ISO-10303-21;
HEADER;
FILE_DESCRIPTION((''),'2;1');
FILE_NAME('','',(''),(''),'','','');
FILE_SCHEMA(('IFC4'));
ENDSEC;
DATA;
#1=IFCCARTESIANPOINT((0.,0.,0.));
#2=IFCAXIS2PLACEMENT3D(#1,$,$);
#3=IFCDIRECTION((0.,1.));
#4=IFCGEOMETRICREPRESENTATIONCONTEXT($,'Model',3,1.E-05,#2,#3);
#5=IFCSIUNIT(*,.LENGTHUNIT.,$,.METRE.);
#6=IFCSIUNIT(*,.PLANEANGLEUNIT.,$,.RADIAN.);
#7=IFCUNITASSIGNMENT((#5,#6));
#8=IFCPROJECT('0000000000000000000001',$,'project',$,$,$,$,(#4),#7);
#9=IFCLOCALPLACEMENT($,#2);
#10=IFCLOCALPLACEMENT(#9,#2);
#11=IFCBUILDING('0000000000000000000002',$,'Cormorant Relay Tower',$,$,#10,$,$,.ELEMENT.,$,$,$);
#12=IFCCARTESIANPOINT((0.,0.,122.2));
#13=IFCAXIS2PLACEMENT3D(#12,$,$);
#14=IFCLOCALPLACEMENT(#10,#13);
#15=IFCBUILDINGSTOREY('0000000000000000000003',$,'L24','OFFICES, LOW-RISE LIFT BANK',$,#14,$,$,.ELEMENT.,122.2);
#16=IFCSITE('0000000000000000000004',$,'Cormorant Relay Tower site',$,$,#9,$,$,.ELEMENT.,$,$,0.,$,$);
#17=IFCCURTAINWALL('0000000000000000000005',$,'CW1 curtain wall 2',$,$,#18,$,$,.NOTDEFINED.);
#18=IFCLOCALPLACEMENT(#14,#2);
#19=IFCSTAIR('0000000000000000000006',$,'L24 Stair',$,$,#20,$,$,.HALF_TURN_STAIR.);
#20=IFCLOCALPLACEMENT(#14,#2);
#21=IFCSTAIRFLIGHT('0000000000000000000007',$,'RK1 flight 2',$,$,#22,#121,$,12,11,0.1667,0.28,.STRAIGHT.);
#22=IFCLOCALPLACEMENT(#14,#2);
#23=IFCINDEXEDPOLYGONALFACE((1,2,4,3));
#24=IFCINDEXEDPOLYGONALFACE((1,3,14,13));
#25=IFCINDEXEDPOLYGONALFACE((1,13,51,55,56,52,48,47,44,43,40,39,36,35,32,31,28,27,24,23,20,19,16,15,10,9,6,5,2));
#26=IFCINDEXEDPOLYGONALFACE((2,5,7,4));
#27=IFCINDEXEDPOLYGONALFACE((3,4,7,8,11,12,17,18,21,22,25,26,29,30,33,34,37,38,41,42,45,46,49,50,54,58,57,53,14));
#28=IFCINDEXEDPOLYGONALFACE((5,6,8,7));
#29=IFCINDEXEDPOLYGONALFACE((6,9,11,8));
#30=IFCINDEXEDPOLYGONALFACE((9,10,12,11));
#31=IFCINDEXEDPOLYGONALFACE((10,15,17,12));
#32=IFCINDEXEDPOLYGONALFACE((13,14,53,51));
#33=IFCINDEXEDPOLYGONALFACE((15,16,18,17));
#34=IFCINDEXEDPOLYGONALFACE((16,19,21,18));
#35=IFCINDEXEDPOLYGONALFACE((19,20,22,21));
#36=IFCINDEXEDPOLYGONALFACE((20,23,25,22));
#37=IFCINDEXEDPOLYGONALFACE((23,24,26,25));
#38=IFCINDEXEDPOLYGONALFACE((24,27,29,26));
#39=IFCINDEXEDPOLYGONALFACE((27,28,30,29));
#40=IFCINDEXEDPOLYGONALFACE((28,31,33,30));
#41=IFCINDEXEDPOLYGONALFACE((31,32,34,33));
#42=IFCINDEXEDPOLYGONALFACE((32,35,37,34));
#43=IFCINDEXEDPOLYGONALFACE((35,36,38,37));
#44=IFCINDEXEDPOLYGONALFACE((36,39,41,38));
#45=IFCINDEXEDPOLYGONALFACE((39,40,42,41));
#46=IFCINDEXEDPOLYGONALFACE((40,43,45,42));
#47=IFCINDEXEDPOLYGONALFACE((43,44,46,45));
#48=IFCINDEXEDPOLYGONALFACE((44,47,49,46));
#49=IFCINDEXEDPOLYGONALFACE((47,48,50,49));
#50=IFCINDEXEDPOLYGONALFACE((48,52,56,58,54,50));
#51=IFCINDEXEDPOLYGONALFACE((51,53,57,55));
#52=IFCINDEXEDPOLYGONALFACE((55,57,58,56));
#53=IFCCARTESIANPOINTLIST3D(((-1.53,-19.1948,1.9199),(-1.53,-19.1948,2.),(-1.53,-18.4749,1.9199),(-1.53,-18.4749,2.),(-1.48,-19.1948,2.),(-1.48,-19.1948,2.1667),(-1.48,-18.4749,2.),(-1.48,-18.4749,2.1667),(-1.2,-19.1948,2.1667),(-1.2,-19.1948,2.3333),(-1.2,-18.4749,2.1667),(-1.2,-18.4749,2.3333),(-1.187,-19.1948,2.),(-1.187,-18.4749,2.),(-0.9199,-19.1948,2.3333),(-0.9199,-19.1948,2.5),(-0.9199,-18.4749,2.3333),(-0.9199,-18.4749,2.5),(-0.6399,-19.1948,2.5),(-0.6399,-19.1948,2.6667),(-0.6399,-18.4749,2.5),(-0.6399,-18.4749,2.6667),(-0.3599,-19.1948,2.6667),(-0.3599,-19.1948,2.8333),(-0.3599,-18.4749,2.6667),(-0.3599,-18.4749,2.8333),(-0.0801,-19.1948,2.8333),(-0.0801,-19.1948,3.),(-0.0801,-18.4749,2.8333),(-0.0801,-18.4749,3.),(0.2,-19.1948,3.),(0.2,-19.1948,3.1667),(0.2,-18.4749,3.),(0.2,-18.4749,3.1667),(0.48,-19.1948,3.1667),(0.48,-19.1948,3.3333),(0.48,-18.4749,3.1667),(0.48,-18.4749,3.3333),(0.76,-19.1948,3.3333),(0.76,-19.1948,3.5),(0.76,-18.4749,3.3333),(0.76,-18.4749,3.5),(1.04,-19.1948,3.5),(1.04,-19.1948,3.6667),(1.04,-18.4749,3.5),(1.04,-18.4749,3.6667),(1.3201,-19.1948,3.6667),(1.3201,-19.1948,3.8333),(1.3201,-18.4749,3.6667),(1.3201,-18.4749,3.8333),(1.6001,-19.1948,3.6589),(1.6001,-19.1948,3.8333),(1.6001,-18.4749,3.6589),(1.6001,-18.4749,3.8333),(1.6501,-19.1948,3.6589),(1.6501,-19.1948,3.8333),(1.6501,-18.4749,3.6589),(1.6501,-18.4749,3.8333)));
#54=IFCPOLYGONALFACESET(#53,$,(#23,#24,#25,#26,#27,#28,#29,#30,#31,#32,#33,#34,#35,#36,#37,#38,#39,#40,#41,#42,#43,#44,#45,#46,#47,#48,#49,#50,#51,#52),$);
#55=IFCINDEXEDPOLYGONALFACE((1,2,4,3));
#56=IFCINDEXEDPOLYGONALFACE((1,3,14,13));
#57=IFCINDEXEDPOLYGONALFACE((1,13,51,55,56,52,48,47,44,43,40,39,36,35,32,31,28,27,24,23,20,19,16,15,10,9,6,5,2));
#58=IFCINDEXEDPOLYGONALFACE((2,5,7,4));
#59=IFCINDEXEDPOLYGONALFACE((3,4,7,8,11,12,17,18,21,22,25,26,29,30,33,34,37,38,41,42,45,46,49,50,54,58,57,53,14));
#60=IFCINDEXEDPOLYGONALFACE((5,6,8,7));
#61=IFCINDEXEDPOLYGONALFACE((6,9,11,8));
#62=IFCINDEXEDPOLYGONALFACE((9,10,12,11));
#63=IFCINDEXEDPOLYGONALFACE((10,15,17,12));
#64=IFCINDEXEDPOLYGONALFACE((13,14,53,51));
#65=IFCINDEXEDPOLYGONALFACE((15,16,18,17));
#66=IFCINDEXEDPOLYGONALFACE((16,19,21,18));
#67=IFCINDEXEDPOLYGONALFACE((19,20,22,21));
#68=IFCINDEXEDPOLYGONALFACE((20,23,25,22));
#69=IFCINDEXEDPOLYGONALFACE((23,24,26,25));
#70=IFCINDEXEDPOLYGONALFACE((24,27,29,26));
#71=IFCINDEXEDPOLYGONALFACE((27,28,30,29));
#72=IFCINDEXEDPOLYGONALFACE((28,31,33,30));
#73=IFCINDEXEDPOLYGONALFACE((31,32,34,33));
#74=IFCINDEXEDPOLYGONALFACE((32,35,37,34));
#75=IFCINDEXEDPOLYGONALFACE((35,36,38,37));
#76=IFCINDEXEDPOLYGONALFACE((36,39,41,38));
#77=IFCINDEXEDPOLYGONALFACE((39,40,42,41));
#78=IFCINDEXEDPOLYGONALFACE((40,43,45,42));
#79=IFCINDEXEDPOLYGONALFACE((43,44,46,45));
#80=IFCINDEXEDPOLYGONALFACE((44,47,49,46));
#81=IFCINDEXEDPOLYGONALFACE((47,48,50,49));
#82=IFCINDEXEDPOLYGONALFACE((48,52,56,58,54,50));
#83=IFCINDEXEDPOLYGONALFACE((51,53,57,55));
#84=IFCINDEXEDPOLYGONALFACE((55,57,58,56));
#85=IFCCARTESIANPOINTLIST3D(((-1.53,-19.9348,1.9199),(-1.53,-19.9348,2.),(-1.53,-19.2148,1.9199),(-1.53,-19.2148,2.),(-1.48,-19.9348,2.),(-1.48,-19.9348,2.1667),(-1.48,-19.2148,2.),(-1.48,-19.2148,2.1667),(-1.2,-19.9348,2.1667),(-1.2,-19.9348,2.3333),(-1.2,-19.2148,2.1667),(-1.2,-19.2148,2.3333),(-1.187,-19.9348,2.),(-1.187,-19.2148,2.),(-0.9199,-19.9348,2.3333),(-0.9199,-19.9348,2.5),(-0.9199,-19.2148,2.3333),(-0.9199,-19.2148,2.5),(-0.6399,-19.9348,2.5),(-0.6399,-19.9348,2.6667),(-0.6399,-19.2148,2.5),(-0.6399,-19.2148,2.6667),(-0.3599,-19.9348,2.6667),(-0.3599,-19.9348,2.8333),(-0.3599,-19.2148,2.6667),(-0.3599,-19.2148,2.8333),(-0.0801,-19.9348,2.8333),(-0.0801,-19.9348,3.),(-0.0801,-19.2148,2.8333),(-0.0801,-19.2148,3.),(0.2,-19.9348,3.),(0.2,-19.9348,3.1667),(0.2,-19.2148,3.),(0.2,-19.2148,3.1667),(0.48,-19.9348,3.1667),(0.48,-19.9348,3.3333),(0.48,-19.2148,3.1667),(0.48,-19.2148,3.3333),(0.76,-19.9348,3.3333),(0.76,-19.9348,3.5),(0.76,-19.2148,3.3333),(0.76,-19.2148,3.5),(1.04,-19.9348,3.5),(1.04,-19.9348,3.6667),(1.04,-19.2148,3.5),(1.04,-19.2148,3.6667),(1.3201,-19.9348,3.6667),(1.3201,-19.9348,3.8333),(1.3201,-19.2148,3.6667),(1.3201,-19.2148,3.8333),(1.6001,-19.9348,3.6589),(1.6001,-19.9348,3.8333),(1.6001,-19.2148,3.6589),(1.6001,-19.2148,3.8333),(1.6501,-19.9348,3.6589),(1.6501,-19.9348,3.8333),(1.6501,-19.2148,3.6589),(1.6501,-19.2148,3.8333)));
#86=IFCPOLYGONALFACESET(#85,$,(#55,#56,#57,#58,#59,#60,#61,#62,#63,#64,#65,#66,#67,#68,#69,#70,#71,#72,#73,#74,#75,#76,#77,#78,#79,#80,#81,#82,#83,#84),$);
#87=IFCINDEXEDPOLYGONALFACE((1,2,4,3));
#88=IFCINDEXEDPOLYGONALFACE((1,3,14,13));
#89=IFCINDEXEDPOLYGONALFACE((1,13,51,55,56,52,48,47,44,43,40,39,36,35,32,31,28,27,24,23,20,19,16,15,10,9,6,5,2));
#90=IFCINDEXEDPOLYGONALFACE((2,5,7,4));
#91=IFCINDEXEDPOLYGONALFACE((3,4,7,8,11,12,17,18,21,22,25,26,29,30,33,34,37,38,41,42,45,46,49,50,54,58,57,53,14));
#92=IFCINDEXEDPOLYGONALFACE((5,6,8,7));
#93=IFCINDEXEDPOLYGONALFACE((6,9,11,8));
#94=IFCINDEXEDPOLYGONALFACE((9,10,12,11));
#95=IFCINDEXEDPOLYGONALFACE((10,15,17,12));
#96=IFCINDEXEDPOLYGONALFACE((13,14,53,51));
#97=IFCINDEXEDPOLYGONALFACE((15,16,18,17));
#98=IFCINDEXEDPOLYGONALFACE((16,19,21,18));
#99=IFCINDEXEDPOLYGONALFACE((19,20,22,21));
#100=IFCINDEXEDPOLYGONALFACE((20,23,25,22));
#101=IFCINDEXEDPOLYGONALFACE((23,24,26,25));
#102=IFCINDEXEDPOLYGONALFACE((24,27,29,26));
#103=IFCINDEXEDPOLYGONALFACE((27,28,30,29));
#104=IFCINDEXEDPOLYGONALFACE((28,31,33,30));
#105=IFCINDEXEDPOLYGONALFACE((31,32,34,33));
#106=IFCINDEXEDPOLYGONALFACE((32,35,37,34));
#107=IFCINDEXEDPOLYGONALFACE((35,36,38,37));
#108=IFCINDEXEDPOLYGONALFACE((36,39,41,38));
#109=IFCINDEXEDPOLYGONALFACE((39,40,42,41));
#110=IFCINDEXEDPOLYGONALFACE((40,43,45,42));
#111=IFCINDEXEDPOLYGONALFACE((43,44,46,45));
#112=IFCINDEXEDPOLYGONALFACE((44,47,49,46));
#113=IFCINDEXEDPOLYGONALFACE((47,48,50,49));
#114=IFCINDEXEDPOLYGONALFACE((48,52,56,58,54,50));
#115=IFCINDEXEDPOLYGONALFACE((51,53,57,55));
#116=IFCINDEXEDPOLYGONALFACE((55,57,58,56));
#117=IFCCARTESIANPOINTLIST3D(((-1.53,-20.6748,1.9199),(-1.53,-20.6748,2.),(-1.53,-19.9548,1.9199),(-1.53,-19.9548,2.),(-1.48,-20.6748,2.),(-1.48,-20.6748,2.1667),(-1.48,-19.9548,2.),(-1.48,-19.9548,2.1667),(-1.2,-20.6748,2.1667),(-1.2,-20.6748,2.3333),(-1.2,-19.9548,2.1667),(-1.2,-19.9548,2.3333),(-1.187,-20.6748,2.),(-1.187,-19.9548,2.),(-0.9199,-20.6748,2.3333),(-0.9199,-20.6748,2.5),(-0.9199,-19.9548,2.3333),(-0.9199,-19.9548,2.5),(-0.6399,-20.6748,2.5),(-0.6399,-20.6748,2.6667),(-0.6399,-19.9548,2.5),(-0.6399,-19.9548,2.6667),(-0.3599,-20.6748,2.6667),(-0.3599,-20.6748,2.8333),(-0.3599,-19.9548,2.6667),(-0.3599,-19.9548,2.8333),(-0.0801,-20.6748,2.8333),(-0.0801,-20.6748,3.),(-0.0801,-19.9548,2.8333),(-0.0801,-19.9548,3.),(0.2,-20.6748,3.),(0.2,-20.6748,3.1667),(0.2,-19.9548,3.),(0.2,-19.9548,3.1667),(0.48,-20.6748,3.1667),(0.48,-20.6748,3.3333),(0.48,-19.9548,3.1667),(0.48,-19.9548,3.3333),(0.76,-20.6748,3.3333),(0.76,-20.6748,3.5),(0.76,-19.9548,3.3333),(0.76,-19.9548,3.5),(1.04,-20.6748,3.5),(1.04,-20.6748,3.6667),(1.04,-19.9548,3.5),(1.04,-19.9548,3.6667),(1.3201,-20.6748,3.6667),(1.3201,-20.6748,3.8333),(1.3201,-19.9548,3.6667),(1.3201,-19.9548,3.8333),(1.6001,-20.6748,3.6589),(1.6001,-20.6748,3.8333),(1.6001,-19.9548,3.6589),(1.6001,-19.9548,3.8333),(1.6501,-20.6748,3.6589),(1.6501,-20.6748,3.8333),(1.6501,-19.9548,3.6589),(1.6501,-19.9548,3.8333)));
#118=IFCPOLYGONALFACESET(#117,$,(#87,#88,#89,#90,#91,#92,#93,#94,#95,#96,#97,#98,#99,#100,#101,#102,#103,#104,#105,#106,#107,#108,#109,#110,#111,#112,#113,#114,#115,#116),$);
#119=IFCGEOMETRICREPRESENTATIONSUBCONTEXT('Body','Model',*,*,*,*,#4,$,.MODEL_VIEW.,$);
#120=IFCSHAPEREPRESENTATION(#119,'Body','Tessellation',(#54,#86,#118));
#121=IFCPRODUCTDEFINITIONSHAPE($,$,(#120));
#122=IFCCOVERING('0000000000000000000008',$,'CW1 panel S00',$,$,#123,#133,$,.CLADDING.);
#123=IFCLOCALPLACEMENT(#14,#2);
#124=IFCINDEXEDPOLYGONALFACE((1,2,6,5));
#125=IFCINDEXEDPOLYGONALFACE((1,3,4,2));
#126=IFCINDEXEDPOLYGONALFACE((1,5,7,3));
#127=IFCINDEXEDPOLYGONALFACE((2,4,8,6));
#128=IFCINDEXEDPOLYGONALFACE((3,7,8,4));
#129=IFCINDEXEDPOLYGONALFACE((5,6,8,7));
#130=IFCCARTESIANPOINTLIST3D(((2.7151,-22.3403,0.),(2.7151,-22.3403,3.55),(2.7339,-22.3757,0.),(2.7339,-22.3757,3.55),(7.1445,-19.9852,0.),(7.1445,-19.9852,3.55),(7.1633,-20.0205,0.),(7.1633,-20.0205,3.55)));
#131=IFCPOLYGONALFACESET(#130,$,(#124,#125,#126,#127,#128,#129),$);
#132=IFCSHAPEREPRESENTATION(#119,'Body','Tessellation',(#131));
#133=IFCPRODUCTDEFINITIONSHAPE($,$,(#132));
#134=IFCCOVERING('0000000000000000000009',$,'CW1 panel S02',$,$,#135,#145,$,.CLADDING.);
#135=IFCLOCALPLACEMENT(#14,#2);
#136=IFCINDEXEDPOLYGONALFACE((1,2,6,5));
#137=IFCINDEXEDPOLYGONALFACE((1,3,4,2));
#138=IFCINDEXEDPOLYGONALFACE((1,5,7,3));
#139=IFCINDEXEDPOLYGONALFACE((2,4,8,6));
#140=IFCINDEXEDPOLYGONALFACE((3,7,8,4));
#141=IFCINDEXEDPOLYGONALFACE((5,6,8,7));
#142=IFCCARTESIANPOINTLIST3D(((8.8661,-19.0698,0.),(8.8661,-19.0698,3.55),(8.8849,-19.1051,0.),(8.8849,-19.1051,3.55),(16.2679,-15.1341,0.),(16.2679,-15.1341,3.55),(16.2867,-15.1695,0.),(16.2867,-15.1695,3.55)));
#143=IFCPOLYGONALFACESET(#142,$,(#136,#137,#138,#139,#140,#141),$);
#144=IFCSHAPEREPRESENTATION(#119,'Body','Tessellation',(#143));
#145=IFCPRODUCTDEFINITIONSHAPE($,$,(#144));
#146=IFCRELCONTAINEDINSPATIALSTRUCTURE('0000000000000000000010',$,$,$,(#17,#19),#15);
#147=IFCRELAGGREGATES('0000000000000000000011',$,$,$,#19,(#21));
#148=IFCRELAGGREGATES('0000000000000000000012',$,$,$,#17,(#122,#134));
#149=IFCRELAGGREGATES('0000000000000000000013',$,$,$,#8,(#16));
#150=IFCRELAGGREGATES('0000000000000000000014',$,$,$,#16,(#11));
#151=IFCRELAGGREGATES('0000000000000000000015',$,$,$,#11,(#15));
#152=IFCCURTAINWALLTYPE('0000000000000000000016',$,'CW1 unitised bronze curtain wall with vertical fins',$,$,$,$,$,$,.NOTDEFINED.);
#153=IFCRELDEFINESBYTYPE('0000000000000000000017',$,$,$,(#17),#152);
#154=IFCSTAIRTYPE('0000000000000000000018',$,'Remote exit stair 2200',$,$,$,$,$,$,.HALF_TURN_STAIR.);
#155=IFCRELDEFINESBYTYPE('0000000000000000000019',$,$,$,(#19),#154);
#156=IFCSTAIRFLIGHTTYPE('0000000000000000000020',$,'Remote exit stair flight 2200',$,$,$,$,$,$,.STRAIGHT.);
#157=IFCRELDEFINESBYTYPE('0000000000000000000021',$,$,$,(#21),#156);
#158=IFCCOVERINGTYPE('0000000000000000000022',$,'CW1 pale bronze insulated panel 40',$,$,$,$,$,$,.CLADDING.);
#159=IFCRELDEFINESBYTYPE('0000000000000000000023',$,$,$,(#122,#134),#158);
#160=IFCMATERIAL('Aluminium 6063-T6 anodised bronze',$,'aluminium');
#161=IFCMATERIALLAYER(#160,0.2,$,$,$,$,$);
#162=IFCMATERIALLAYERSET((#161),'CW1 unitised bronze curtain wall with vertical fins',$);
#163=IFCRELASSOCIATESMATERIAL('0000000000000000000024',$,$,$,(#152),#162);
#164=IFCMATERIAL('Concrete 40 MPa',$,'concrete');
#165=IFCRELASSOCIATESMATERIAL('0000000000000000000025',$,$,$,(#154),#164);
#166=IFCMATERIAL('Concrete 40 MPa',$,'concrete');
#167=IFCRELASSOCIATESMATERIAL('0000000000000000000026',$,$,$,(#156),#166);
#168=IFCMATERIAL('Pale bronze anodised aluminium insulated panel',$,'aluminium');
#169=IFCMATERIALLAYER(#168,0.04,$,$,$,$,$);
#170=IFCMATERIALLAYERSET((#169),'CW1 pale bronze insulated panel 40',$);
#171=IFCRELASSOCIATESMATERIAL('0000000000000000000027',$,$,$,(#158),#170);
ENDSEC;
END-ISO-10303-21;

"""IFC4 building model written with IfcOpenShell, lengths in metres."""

from ifc_helpers import new_model, si_unit, direction, frame, origin, origin_2d, place, context, subcontext, project, spatial, polyline, rectangle, outline, extrude, material, layer, layer_set, type_object, element, aggregate, save


model = new_model("IFC4")

# Units and contexts
model_context = context("Model", 3, precision=1e-05, world=origin(), true_north=direction((0.0, 1.0)))
body_context = subcontext(model_context, "Body", "Model", "MODEL_VIEW")
ifc_project = project(units=[si_unit("LENGTHUNIT", "METRE"), si_unit("PLANEANGLEUNIT", "RADIAN")], contexts=[model_context])

# Site, building, storey
site_placement = place(None, origin())
site = spatial("IfcSite", under=ifc_project, at=site_placement, Name="Cormorant Relay Tower site", CompositionType="ELEMENT", RefElevation=0.0)
building_placement = place(site_placement, origin())
building = spatial("IfcBuilding", under=site, at=building_placement, Name="Cormorant Relay Tower", CompositionType="ELEMENT")
storey_placement = place(building_placement, frame((0.0, 0.0, 122.2)))
storey = spatial("IfcBuildingStorey", under=building, at=storey_placement, Name="L24", Description="OFFICES, LOW-RISE LIFT BANK", CompositionType="ELEMENT", Elevation=122.2)

# Curtain wall
ifc_material_1 = material(Name="Aluminium 6063-T6 anodised bronze", Category="aluminium")
ifc_layer_1 = layer(ifc_material_1, 0.2)
ifc_layer_set_1 = layer_set([ifc_layer_1], Name="CW1 unitised bronze curtain wall with vertical fins")
curtain_wall_type = type_object("IfcCurtainWallType", Name="CW1 unitised bronze curtain wall with vertical fins", PredefinedType="NOTDEFINED", material=ifc_layer_set_1)
curtain_wall_1_placement = place(storey_placement, origin())
curtain_wall_1 = element("IfcCurtainWall", 1, at=curtain_wall_1_placement, inside=storey, type_object=curtain_wall_type, Name="CW1 curtain wall 2", PredefinedType="NOTDEFINED")

# Stair, stair flight
ifc_material_2 = material(Name="Concrete 40 MPa", Category="concrete")
stair_type = type_object("IfcStairType", Name="Remote exit stair 2200", PredefinedType="HALF_TURN_STAIR", material=ifc_material_2)
stair_placement = place(storey_placement, origin())
stair = element("IfcStair", 2, at=stair_placement, inside=storey, type_object=stair_type, Name="L24 Stair", PredefinedType="HALF_TURN_STAIR")
ifc_material_3 = material(Name="Concrete 40 MPa", Category="concrete")
stair_flight_type = type_object("IfcStairFlightType", Name="Remote exit stair flight 2200", PredefinedType="STRAIGHT", material=ifc_material_3)
stair_flight_1_placement = place(storey_placement, frame((-1.48, -19.575, 2.0), z_axis=(0.0, 0.0, 1.0), x_axis=(1.0, 0.0, 0.0)))
stair_flight_1 = element("IfcStairFlight", 3, at=stair_flight_1_placement, type_object=stair_flight_type, Name="RK1 flight 2", NumberOfRisers=12, NumberOfTreads=11, PredefinedType="STRAIGHT", RiserHeight=0.1667, TreadLength=0.28, context=body_context, shape_type="SweptSolid", body=[
    extrude(outline(polyline([(-0.05, -0.0801), (-0.05, 0.0), (0.0, 0.0), (0.0, 0.1667), (0.28, 0.1667), (0.28, 0.3333), (0.5601, 0.3333), (0.5601, 0.5), (0.8401, 0.5), (0.8401, 0.6667), (1.1201, 0.6667), (1.1201, 0.8333), (1.3999, 0.8333), (1.3999, 1.0), (1.6799, 1.0), (1.6799, 1.1667), (1.96, 1.1667), (1.96, 1.3333), (2.24, 1.3333), (2.24, 1.5), (2.52, 1.5), (2.52, 1.6667), (2.8, 1.6667), (2.8, 1.8333), (3.0801, 1.8333), (3.1301, 1.8333), (3.1301, 1.6589), (3.0801, 1.6589), (0.293, 0.0), (-0.05, -0.0801)])), frame((0.0, 1.1001, 0.0), z_axis=(0.0, -1.0, 0.0), x_axis=(1.0, 0.0, 0.0)), (0.0, 0.0, 1.0), 0.72),
    extrude(outline(polyline([(-0.05, -0.0801), (-0.05, 0.0), (0.0, 0.0), (0.0, 0.1667), (0.28, 0.1667), (0.28, 0.3333), (0.5601, 0.3333), (0.5601, 0.5), (0.8401, 0.5), (0.8401, 0.6667), (1.1201, 0.6667), (1.1201, 0.8333), (1.3999, 0.8333), (1.3999, 1.0), (1.6799, 1.0), (1.6799, 1.1667), (1.96, 1.1667), (1.96, 1.3333), (2.24, 1.3333), (2.24, 1.5), (2.52, 1.5), (2.52, 1.6667), (2.8, 1.6667), (2.8, 1.8333), (3.0801, 1.8333), (3.1301, 1.8333), (3.1301, 1.6589), (3.0801, 1.6589), (0.293, 0.0), (-0.05, -0.0801)])), frame((0.0, 0.3601, 0.0), z_axis=(0.0, -1.0, 0.0), x_axis=(1.0, 0.0, 0.0)), (0.0, 0.0, 1.0), 0.72),
    extrude(outline(polyline([(-0.05, -0.0801), (-0.05, 0.0), (0.0, 0.0), (0.0, 0.1667), (0.28, 0.1667), (0.28, 0.3333), (0.5601, 0.3333), (0.5601, 0.5), (0.8401, 0.5), (0.8401, 0.6667), (1.1201, 0.6667), (1.1201, 0.8333), (1.3999, 0.8333), (1.3999, 1.0), (1.6799, 1.0), (1.6799, 1.1667), (1.96, 1.1667), (1.96, 1.3333), (2.24, 1.3333), (2.24, 1.5), (2.52, 1.5), (2.52, 1.6667), (2.8, 1.6667), (2.8, 1.8333), (3.0801, 1.8333), (3.1301, 1.8333), (3.1301, 1.6589), (3.0801, 1.6589), (0.293, 0.0), (-0.05, -0.0801)])), frame((0.0, -0.3799, 0.0), z_axis=(0.0, -1.0, 0.0), x_axis=(1.0, 0.0, 0.0)), (0.0, 0.0, 1.0), 0.72),
])
aggregate(stair, [stair_flight_1])

# Coverings
ifc_material_4 = material(Name="Pale bronze anodised aluminium insulated panel", Category="aluminium")
ifc_layer_2 = layer(ifc_material_4, 0.04)
ifc_layer_set_2 = layer_set([ifc_layer_2], Name="CW1 pale bronze insulated panel 40")
covering_type = type_object("IfcCoveringType", Name="CW1 pale bronze insulated panel 40", PredefinedType="CLADDING", material=ifc_layer_set_2)
covering_1_placement = place(storey_placement, frame((4.9392, -21.1804, 0.0), z_axis=(0.0, 0.0, 1.0), x_axis=(0.882948, 0.469472, 0.0)))
covering_1 = element("IfcCovering", 4, at=covering_1_placement, type_object=covering_type, Name="CW1 panel S00", PredefinedType="CLADDING", context=body_context, shape_type="SweptSolid", body=[
    extrude(rectangle(XDim=5.0166, YDim=0.04, at=origin_2d()), origin(), (0.0, 0.0, 1.0), 3.55),
])
covering_2_placement = place(storey_placement, frame((12.5764, -17.1196, 0.0), z_axis=(0.0, 0.0, 1.0), x_axis=(0.882948, 0.469472, 0.0)))
covering_2 = element("IfcCovering", 5, at=covering_2_placement, type_object=covering_type, Name="CW1 panel S02", PredefinedType="CLADDING", context=body_context, shape_type="SweptSolid", body=[
    extrude(rectangle(XDim=8.3831, YDim=0.04, at=origin_2d()), origin(), (0.0, 0.0, 1.0), 3.55),
])
aggregate(curtain_wall_1, [covering_1, covering_2])

save(model, "model.ifc")
